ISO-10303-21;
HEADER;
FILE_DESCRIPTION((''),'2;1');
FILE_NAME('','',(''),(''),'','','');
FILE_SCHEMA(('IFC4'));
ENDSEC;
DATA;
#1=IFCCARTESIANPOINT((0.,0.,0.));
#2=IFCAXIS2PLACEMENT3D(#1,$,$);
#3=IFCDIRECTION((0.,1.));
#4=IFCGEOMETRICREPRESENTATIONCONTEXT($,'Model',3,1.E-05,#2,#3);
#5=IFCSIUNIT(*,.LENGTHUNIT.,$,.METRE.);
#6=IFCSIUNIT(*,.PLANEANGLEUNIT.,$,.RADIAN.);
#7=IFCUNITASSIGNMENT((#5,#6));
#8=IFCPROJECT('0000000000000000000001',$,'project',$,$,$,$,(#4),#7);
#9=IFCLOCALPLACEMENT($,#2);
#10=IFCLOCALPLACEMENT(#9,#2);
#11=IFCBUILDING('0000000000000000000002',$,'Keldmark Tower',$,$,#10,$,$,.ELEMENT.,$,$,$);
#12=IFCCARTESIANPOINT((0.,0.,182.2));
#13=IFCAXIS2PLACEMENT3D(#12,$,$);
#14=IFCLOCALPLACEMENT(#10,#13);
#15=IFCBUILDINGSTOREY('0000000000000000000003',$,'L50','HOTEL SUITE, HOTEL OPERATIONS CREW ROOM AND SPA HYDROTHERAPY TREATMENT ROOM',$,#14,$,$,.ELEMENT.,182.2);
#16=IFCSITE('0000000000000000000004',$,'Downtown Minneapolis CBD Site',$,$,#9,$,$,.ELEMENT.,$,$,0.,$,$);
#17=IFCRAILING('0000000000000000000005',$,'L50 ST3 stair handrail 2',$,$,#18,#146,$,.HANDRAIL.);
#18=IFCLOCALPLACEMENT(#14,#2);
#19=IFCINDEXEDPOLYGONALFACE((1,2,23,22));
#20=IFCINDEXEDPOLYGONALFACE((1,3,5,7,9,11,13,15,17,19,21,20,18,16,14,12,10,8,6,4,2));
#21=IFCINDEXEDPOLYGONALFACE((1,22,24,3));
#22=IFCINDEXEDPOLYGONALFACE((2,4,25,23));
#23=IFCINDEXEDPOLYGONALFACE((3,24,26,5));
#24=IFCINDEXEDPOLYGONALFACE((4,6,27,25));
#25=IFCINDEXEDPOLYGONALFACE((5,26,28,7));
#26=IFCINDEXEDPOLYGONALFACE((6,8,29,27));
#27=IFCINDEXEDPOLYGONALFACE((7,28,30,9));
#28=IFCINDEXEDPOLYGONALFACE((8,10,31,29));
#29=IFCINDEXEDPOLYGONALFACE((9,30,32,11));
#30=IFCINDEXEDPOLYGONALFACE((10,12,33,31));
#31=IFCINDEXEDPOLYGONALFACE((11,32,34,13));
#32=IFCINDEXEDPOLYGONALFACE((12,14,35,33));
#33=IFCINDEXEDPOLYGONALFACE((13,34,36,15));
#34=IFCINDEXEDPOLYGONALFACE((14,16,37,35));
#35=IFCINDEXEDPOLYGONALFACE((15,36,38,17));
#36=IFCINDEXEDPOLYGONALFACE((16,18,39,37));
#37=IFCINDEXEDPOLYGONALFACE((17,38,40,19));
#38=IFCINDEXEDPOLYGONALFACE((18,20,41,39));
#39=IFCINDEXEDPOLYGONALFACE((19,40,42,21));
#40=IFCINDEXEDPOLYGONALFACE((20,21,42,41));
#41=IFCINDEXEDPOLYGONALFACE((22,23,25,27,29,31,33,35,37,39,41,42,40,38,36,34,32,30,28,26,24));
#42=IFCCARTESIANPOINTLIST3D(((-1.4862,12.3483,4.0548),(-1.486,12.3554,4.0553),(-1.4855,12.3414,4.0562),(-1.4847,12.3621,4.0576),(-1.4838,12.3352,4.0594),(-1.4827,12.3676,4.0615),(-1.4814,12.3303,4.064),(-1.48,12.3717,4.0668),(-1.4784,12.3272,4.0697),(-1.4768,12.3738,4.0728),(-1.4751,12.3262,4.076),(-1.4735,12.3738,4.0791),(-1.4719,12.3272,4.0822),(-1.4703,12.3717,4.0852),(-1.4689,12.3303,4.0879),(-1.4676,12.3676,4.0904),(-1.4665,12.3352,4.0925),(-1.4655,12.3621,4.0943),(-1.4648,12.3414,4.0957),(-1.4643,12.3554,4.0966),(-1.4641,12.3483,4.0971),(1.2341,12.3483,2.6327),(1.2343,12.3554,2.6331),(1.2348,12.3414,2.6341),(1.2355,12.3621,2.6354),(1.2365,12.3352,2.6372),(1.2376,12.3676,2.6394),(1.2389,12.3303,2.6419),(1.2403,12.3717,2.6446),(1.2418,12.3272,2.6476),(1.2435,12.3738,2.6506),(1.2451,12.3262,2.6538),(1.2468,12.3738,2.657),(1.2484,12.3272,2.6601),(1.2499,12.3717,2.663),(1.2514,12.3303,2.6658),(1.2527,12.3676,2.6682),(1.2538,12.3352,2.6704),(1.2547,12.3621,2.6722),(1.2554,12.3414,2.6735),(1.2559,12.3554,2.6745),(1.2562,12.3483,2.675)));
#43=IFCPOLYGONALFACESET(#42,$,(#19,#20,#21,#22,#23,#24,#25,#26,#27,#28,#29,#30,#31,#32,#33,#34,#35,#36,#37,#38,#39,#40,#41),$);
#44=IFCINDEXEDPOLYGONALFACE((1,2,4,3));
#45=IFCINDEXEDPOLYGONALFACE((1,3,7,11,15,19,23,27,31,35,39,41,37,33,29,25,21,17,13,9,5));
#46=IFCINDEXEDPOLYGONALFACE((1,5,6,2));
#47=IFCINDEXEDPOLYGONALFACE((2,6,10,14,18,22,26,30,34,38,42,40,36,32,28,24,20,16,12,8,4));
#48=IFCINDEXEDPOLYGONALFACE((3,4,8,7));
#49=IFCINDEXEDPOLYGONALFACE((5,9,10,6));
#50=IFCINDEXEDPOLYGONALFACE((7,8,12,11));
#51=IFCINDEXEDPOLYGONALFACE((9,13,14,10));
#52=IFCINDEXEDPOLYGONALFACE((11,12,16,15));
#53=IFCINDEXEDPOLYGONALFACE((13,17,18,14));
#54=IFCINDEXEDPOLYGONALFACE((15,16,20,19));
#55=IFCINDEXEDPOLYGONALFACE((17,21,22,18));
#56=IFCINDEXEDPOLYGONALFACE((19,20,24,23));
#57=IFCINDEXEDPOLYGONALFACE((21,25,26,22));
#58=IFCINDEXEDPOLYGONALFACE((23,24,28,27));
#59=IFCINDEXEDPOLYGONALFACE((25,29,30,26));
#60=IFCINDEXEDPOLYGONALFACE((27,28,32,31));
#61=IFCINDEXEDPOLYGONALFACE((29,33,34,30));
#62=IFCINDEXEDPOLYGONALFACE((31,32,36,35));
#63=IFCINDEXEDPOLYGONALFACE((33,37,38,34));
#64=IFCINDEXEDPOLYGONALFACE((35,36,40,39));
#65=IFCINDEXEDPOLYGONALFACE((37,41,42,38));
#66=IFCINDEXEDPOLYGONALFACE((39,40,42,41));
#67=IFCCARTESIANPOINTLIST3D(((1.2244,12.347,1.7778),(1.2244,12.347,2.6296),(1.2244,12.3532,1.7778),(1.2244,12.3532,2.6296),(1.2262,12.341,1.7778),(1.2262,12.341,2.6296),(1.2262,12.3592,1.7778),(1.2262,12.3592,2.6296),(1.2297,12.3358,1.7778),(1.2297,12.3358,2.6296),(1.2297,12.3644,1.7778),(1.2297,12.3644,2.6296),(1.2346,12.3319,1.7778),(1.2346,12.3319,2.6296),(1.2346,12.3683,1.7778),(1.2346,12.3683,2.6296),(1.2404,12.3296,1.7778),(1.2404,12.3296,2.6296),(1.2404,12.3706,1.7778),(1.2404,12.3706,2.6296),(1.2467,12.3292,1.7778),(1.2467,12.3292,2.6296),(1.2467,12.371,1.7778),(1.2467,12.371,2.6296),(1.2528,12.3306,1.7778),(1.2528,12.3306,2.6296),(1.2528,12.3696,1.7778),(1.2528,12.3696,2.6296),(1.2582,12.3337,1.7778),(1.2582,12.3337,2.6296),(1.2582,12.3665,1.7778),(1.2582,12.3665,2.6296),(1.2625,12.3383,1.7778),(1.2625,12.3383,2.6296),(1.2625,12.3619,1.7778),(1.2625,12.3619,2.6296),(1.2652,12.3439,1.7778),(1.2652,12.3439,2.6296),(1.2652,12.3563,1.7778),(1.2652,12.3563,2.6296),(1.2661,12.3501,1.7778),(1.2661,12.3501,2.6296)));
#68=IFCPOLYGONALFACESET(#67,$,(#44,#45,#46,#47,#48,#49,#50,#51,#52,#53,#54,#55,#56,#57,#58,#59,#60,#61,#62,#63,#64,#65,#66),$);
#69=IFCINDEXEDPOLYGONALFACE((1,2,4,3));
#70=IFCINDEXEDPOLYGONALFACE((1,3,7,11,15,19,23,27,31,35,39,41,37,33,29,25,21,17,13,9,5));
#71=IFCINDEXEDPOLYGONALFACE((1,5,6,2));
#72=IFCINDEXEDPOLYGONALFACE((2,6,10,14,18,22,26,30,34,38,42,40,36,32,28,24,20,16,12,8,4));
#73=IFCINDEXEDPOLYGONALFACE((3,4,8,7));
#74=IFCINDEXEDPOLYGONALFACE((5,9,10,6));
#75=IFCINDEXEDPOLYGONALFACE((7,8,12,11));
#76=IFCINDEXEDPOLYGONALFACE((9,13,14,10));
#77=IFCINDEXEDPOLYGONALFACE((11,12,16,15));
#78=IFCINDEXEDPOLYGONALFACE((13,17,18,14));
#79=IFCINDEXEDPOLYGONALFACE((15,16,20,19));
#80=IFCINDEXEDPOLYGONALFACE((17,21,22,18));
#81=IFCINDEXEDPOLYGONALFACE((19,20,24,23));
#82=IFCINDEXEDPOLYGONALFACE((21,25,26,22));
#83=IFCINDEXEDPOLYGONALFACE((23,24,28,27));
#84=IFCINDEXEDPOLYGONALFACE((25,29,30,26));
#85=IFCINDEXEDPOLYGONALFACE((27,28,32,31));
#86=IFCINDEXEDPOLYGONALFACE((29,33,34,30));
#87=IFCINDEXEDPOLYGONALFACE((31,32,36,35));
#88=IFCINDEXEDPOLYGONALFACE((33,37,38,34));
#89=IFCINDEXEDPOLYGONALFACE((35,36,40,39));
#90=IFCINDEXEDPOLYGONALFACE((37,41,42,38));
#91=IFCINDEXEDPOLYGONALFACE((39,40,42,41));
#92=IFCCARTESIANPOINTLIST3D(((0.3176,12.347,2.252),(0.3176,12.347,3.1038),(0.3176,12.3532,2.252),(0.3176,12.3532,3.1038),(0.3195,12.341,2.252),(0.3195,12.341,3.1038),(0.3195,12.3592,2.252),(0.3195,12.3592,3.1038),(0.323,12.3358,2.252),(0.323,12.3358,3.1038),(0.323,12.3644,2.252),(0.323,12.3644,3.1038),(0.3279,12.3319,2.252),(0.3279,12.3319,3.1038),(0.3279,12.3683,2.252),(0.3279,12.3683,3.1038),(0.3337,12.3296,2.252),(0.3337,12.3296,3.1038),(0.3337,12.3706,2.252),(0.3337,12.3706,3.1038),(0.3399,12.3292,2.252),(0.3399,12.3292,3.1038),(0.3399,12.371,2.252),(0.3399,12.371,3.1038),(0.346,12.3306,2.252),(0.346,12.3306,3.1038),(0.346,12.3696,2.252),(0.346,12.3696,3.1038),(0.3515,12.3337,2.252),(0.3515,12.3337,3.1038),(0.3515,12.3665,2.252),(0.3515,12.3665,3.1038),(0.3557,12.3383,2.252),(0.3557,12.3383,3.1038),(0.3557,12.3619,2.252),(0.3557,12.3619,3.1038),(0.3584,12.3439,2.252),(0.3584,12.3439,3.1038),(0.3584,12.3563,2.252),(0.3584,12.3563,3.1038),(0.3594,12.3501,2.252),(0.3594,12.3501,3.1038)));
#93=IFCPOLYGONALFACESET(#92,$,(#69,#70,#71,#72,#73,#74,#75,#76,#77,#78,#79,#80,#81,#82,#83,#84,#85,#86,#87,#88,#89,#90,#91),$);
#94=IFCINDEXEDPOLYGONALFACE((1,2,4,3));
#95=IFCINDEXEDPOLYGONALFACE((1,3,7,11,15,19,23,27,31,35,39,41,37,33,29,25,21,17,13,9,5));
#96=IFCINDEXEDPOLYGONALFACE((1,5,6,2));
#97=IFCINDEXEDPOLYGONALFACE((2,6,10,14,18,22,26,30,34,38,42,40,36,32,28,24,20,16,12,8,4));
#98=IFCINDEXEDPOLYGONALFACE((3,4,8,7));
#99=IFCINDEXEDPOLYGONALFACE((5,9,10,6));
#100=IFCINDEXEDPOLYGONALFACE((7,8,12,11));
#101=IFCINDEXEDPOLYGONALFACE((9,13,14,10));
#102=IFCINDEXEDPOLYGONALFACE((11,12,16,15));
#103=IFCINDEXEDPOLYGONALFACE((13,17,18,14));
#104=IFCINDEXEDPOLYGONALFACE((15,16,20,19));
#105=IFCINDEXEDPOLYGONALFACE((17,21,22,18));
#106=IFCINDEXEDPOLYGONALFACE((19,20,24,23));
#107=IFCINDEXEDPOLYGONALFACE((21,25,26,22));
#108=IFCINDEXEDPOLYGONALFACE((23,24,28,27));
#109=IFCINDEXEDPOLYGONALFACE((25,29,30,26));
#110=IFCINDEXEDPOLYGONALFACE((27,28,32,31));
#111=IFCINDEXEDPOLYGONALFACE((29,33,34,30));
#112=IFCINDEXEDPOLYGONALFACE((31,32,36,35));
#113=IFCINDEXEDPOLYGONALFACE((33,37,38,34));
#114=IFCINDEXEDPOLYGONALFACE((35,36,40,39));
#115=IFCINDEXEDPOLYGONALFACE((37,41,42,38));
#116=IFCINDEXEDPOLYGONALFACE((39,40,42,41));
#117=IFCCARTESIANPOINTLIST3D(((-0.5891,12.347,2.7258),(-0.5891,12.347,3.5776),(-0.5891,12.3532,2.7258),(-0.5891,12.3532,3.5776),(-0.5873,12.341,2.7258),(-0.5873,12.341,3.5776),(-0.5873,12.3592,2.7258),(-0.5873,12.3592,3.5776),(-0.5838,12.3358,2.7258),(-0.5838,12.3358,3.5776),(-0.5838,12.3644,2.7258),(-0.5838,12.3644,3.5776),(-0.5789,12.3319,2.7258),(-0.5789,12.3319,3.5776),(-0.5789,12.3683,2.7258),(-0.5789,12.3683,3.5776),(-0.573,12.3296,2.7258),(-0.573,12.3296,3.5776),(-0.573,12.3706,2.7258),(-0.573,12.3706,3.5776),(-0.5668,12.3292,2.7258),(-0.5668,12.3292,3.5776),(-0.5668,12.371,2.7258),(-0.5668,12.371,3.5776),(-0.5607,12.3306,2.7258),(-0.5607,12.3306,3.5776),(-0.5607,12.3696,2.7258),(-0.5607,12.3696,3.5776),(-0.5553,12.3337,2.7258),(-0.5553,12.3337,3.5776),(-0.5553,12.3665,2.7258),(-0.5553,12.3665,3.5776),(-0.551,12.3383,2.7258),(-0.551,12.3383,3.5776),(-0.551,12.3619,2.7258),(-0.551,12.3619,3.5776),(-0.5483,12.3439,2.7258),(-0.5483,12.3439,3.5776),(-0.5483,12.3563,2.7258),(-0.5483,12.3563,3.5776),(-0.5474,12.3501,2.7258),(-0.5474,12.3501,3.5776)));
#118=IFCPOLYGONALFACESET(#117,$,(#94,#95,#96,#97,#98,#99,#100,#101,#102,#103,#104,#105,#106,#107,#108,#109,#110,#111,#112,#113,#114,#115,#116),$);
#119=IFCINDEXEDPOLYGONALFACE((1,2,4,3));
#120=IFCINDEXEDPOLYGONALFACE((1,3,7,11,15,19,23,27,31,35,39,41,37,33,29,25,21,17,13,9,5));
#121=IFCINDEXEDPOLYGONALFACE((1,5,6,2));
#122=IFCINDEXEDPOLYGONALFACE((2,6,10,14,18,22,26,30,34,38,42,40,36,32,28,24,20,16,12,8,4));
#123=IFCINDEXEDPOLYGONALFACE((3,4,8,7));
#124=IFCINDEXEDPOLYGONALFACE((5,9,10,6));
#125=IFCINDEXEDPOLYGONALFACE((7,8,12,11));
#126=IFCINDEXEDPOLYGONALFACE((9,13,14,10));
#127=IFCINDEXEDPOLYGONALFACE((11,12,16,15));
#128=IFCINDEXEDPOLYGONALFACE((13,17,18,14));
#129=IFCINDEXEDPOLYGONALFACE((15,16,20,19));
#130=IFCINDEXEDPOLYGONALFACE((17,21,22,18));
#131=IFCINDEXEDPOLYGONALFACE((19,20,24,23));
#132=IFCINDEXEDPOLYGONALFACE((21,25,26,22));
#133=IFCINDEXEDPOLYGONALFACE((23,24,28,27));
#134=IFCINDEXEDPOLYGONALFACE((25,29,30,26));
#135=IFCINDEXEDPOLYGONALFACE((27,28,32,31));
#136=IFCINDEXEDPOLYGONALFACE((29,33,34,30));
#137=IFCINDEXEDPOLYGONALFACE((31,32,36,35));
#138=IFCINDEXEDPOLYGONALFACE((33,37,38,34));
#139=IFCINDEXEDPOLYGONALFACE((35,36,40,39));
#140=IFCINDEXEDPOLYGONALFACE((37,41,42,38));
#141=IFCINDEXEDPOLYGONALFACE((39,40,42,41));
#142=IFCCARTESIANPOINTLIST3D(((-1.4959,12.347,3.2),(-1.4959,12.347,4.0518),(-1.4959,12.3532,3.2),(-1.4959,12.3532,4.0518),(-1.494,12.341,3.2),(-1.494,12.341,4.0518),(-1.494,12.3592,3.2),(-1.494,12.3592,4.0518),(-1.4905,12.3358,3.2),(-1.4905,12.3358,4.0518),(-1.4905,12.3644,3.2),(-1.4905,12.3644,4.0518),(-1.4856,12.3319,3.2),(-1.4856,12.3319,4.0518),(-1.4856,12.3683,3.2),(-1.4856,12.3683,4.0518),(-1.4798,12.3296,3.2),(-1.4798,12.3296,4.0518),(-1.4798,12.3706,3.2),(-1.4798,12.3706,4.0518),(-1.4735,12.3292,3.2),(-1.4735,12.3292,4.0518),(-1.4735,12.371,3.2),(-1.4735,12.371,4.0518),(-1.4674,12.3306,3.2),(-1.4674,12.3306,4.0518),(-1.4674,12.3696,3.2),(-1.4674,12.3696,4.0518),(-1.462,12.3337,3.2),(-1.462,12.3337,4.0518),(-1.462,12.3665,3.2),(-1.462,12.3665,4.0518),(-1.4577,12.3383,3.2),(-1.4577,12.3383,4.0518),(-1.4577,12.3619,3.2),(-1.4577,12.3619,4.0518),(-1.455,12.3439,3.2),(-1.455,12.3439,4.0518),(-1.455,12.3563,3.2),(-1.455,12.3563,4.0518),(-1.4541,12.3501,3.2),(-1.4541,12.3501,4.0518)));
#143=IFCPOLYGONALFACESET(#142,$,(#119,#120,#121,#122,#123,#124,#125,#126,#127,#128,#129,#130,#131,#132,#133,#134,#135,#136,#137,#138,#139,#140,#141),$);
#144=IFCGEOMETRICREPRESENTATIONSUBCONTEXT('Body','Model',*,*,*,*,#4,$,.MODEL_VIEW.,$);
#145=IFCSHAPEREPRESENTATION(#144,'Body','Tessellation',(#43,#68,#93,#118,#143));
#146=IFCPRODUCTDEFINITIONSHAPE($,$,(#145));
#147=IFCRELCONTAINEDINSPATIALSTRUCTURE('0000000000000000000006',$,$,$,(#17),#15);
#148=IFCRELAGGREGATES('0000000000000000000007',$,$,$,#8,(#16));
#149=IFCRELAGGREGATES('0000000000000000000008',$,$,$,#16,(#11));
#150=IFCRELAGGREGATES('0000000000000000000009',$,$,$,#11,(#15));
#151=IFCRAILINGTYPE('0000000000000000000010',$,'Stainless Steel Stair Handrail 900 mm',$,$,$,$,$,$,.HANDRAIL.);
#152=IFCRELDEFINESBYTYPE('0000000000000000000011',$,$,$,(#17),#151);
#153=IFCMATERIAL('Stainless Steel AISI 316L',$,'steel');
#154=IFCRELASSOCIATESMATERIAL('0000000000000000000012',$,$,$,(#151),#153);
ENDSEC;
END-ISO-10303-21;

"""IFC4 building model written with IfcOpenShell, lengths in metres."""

from ifc_helpers import new_model, si_unit, direction, frame, origin, origin_2d, place, context, subcontext, project, spatial, circle, extrude, material, type_object, element, save


model = new_model("IFC4")

# Units and contexts
model_context = context("Model", 3, precision=1e-05, world=origin(), true_north=direction((0.0, 1.0)))
body_context = subcontext(model_context, "Body", "Model", "MODEL_VIEW")
ifc_project = project(units=[si_unit("LENGTHUNIT", "METRE"), si_unit("PLANEANGLEUNIT", "RADIAN")], contexts=[model_context])

# Site, building, storey
site_placement = place(None, origin())
site = spatial("IfcSite", under=ifc_project, at=site_placement, Name="Downtown Minneapolis CBD Site", CompositionType="ELEMENT", RefElevation=0.0)
building_placement = place(site_placement, origin())
building = spatial("IfcBuilding", under=site, at=building_placement, Name="Keldmark Tower", CompositionType="ELEMENT")
storey_placement = place(building_placement, frame((0.0, 0.0, 182.2)))
storey = spatial("IfcBuildingStorey", under=building, at=storey_placement, Name="L50", Description="HOTEL SUITE, HOTEL OPERATIONS CREW ROOM AND SPA HYDROTHERAPY TREATMENT ROOM", CompositionType="ELEMENT", Elevation=182.2)

# Railing
ifc_material_1 = material(Name="Stainless Steel AISI 316L", Category="steel")
railing_type_1 = type_object("IfcRailingType", Name="Stainless Steel Stair Handrail 900 mm", PredefinedType="HANDRAIL", material=ifc_material_1)
railing_1_placement = place(storey_placement, frame((1.2451, 12.3501, 1.7778)))
element("IfcRailing", 1, at=railing_1_placement, inside=storey, type_object=railing_type_1, Name="L50 ST3 stair handrail 2", PredefinedType="HANDRAIL", context=body_context, shape_type="SweptSolid", body=[
    extrude(circle(Radius=0.0239, at=origin_2d()), frame((0.0, 0.0, 0.876), z_axis=(-0.8862, 0.0, 0.463302), x_axis=(0.0, -1.0, 0.0)), (0.0, 0.0, 1.0), 3.0696),
    extrude(circle(Radius=0.021, at=origin_2d()), origin(), (0.0, 0.0, 1.0), 0.8518),
    extrude(circle(Radius=0.021, at=origin_2d()), frame((-0.9067, 0.0, 0.4741)), (0.0, 0.0, 1.0), 0.8518),
    extrude(circle(Radius=0.021, at=origin_2d()), frame((-1.8135, 0.0, 0.948)), (0.0, 0.0, 1.0), 0.8518),
    extrude(circle(Radius=0.021, at=origin_2d()), frame((-2.7202, 0.0, 1.4221)), (0.0, 0.0, 1.0), 0.8518),
])

save(model, "model.ifc")
